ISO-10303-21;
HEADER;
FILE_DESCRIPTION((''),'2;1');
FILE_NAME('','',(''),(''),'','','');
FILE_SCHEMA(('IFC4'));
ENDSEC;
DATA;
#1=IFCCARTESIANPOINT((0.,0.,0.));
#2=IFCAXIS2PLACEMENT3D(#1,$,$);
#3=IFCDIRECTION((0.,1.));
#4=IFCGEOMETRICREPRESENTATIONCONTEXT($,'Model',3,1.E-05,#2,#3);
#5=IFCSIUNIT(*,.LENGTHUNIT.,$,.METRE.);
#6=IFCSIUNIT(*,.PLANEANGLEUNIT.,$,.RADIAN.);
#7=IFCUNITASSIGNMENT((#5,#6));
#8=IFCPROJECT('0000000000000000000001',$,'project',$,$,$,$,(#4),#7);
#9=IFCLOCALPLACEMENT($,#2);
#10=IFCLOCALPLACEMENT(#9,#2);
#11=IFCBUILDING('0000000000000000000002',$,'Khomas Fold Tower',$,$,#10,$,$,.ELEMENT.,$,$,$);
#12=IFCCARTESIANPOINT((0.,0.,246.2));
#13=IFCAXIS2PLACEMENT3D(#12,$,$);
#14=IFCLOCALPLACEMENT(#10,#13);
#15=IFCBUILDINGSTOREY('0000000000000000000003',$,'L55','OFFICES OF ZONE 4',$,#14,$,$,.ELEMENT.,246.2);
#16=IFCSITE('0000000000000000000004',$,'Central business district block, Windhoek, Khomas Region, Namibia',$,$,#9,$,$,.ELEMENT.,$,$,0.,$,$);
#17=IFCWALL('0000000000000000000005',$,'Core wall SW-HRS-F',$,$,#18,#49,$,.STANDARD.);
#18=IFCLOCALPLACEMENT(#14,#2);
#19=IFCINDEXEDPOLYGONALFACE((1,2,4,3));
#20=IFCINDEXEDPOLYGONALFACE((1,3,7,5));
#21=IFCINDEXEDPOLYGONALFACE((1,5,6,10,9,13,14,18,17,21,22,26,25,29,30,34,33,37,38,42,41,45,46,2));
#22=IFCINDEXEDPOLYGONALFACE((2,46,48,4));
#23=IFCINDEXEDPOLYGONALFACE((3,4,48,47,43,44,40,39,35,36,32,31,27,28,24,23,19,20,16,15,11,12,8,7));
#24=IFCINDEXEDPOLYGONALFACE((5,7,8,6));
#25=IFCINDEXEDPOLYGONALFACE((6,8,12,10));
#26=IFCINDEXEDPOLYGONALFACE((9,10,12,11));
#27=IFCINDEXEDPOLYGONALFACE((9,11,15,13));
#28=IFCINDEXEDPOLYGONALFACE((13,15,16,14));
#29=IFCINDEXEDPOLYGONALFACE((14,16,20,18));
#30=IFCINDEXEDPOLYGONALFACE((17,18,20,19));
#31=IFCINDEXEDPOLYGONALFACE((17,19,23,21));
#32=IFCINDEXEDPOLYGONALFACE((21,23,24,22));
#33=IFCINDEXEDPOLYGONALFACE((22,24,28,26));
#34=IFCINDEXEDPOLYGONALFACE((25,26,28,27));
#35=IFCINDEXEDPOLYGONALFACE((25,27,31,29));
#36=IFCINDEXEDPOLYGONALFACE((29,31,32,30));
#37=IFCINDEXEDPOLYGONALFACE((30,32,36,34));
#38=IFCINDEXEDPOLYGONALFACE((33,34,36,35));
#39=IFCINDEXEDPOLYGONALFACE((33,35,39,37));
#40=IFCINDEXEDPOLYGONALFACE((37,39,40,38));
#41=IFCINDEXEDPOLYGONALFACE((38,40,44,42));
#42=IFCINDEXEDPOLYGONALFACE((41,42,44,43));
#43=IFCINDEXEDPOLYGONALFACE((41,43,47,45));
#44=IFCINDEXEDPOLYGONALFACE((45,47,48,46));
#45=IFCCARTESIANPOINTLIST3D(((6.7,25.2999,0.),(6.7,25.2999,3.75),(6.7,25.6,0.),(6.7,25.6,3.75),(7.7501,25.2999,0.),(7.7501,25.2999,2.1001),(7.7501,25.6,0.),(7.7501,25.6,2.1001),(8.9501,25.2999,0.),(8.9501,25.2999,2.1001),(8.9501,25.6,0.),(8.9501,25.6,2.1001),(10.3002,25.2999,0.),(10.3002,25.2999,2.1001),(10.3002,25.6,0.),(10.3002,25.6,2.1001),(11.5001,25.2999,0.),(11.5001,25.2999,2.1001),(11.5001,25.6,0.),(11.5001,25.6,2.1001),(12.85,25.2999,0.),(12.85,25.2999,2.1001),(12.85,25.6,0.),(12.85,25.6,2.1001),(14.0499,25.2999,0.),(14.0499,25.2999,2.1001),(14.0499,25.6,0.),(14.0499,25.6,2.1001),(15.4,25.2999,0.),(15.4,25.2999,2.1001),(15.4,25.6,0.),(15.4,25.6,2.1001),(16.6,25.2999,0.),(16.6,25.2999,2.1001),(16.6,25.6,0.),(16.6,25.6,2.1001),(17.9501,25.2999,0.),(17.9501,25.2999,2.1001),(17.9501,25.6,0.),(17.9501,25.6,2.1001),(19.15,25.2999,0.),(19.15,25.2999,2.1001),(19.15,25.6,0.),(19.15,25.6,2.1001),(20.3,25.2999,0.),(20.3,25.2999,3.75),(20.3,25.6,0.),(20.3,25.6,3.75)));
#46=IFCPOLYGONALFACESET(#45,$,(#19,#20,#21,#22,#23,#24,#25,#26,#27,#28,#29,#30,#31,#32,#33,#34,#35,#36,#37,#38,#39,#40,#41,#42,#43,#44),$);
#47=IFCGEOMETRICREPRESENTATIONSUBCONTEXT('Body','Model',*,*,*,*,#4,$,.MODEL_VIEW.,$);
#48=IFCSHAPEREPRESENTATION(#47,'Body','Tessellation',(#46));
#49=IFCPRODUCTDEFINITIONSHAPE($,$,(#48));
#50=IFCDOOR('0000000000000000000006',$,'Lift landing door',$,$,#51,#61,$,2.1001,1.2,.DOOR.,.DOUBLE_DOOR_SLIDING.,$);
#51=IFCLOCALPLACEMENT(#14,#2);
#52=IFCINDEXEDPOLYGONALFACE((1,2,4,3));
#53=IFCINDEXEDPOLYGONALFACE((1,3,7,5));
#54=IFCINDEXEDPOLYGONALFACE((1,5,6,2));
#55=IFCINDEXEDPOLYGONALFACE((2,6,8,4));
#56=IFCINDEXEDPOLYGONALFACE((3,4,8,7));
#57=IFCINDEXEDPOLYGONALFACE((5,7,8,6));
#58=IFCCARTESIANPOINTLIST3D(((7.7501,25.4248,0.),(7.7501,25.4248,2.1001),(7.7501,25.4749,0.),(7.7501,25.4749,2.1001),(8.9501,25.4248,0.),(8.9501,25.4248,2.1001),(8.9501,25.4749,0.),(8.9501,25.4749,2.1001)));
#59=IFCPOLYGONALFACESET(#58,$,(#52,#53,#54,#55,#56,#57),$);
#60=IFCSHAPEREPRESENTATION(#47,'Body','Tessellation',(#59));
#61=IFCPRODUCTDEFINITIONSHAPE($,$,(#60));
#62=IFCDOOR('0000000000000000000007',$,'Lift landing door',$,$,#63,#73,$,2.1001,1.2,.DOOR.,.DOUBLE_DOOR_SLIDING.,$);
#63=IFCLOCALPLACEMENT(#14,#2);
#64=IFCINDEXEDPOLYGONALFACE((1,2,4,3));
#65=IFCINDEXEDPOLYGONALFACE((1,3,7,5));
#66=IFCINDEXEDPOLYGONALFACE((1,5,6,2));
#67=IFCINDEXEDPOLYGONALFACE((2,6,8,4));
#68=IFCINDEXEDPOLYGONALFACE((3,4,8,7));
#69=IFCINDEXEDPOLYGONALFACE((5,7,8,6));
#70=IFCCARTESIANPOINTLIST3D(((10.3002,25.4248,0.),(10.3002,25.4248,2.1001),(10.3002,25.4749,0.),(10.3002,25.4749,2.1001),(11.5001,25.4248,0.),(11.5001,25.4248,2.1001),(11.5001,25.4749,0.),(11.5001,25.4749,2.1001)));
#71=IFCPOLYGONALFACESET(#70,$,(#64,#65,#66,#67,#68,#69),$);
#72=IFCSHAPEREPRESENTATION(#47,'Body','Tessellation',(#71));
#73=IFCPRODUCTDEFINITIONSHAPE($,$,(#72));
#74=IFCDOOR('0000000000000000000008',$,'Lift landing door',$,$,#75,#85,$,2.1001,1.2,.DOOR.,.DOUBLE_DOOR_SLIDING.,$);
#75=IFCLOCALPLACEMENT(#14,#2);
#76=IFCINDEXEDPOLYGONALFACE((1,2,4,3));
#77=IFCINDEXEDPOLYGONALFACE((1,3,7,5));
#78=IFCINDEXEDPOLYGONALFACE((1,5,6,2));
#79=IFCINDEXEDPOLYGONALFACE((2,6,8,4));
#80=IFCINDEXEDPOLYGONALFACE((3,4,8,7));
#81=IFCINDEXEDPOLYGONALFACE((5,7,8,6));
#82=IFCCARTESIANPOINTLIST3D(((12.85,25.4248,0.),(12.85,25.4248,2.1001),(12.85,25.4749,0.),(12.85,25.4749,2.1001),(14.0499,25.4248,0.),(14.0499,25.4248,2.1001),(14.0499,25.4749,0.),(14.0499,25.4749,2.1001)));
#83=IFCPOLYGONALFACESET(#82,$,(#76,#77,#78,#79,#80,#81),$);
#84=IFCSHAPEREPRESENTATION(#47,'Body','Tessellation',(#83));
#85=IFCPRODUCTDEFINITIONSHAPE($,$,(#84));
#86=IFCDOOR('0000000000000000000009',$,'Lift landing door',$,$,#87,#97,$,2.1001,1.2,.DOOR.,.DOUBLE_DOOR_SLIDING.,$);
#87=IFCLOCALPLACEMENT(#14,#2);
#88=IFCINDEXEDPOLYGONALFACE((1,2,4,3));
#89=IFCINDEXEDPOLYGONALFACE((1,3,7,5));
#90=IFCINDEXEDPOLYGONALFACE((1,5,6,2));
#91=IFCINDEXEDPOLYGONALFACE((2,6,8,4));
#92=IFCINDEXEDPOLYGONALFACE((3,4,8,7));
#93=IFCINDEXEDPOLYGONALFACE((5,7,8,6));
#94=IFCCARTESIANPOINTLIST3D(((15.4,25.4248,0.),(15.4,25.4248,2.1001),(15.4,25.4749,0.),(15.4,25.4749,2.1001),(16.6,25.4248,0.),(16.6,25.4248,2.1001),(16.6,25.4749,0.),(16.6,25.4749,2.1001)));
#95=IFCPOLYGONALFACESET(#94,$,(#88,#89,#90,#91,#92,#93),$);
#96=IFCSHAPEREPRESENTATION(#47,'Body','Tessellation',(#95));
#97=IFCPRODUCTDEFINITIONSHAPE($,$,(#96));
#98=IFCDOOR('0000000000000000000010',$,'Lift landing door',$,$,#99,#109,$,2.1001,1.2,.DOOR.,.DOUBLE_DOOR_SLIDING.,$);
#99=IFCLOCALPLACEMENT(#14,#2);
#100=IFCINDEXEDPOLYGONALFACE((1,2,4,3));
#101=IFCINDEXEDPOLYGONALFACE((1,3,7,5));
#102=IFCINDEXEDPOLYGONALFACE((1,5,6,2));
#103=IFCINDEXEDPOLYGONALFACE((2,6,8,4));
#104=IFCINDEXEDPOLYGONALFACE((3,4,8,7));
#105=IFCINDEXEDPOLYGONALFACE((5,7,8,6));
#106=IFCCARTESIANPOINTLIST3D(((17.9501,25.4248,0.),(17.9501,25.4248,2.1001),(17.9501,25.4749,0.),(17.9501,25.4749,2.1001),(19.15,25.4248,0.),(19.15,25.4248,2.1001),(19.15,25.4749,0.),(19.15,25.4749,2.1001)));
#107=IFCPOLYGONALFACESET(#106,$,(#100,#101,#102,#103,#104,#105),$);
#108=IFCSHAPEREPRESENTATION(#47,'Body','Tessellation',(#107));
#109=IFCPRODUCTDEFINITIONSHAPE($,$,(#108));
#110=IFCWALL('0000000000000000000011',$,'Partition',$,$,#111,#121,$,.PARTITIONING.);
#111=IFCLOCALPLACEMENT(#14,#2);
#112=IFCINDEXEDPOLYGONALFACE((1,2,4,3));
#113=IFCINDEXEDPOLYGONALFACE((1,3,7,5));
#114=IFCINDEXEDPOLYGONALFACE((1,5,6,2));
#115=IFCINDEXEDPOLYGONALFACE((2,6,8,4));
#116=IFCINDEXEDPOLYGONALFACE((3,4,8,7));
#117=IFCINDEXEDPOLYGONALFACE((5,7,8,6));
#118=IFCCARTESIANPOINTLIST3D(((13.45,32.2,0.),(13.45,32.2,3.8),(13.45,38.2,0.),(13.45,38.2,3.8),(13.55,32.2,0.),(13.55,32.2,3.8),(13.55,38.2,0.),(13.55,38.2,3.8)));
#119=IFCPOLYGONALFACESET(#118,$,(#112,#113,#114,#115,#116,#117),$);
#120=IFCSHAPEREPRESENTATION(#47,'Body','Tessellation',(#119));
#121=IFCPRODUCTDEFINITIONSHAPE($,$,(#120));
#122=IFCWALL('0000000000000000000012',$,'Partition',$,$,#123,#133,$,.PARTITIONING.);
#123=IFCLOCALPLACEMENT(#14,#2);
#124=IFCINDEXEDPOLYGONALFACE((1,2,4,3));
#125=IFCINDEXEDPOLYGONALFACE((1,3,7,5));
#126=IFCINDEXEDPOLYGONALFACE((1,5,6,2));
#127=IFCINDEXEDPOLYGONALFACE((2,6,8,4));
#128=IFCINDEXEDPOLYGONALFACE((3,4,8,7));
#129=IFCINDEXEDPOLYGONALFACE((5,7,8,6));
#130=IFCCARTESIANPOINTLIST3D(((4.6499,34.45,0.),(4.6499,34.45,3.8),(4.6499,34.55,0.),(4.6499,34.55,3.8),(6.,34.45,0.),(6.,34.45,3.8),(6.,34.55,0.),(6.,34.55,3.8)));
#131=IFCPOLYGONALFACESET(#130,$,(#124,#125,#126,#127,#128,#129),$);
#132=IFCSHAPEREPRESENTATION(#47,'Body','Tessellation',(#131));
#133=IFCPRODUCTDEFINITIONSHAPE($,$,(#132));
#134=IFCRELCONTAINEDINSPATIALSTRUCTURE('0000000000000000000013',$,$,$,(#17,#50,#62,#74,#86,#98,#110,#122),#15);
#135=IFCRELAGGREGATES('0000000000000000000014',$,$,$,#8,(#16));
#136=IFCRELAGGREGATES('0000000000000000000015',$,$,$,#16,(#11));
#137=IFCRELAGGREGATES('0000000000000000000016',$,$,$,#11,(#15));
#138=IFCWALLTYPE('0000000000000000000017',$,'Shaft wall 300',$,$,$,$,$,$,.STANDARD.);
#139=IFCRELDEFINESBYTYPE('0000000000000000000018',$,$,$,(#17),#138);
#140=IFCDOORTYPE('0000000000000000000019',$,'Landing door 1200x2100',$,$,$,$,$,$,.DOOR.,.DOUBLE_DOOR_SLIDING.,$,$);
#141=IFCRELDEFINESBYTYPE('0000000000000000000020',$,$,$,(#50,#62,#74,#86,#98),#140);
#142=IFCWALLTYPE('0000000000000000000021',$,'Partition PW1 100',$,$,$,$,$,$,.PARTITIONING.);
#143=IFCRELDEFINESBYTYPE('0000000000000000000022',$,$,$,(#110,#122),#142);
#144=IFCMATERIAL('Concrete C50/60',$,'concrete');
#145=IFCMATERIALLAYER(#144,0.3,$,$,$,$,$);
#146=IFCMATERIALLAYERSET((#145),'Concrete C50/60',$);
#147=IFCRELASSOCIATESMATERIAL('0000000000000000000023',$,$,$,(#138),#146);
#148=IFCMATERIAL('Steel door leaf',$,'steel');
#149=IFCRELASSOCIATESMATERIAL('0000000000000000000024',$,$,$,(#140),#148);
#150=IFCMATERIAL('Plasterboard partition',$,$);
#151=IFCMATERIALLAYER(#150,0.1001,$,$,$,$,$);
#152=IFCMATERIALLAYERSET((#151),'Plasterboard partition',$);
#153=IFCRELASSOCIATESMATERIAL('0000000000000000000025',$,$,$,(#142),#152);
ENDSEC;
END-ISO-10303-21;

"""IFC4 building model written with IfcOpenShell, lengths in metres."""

from ifc_helpers import new_model, si_unit, direction, frame, frame_2d, origin, place, context, subcontext, project, spatial, rectangle, extrude, source, transform, mapped, material, layer, layer_set, type_object, element, fill, save


model = new_model("IFC4")

# Units and contexts
model_context = context("Model", 3, precision=1e-05, world=origin(), true_north=direction((0.0, 1.0)))
body_context = subcontext(model_context, "Body", "Model", "MODEL_VIEW")
ifc_project = project(units=[si_unit("LENGTHUNIT", "METRE"), si_unit("PLANEANGLEUNIT", "RADIAN")], contexts=[model_context])

# Site, building, storey
site_placement = place(None, origin())
site = spatial("IfcSite", under=ifc_project, at=site_placement, Name="Central business district block, Windhoek, Khomas Region, Namibia", CompositionType="ELEMENT", RefElevation=0.0)
building_placement = place(site_placement, origin())
building = spatial("IfcBuilding", under=site, at=building_placement, Name="Khomas Fold Tower", CompositionType="ELEMENT")
storey_placement = place(building_placement, frame((0.0, 0.0, 246.2)))
storey = spatial("IfcBuildingStorey", under=building, at=storey_placement, Name="L55", Description="OFFICES OF ZONE 4", CompositionType="ELEMENT", Elevation=246.2)

# Shared definitions
ifc_material_1 = material(Name="Concrete C50/60", Category="concrete")
ifc_layer_1 = layer(ifc_material_1, 0.3)
ifc_layer_set_1 = layer_set([ifc_layer_1], Name="Concrete C50/60")
wall_type_1 = type_object("IfcWallType", Name="Shaft wall 300", PredefinedType="STANDARD", material=ifc_layer_set_1)
shared_shape_1 = source(origin(), body_context, "Body", "SweptSolid", [
    extrude(rectangle(XDim=13.6001, YDim=0.3, at=frame_2d((6.8, 0.0))), origin(), (0.0, 0.0, 1.0), 3.75),
])

# Wall, openings, doors
shared_shape_2 = source(origin(), body_context, "Body", "SweptSolid", [
    extrude(rectangle(XDim=1.2, YDim=2.1001, at=frame_2d((0.6001, 1.05))), frame((0.0, 0.1599, 0.0), z_axis=(0.0, -1.0, 0.0), x_axis=(1.0, 0.0, 0.0)), (0.0, 0.0, 1.0), 0.3201),
])
ifc_material_2 = material(Name="Steel door leaf", Category="steel")
door_type = type_object("IfcDoorType", Name="Landing door 1200x2100", OperationType="DOUBLE_DOOR_SLIDING", PredefinedType="DOOR", material=ifc_material_2)
shared_shape_3 = source(origin(), body_context, "Body", "SweptSolid", [
    extrude(rectangle(XDim=1.2, YDim=2.1001, at=frame_2d((0.6001, 1.05))), frame((0.0, 0.0249, 0.0), z_axis=(0.0, -1.0, 0.0), x_axis=(1.0, 0.0, 0.0)), (0.0, 0.0, 1.0), 0.05),
])
wall_1_placement = place(storey_placement, frame((6.7, 25.45, 0.0), z_axis=(0.0, 0.0, 1.0), x_axis=(1.0, 0.0, 0.0)))
wall_1 = element("IfcWall", 1, at=wall_1_placement, inside=storey, type_object=wall_type_1, Name="Core wall SW-HRS-F", PredefinedType="STANDARD", context=body_context, shape_type="MappedRepresentation", body=[
    mapped(shared_shape_1, transform((0.0, 0.0, 0.0))),
])
opening_1_placement = place(wall_1_placement, frame((1.05, 0.0, 0.0)))
opening_1 = element("IfcOpeningElement", 2, at=opening_1_placement, cuts=wall_1, PredefinedType="OPENING", context=body_context, shape_type="MappedRepresentation", body=[
    mapped(shared_shape_2, transform((0.0, 0.0, 0.0))),
])
opening_2_placement = place(wall_1_placement, frame((3.6001, 0.0, 0.0)))
opening_2 = element("IfcOpeningElement", 3, at=opening_2_placement, cuts=wall_1, PredefinedType="OPENING", context=body_context, shape_type="MappedRepresentation", body=[
    mapped(shared_shape_2, transform((0.0, 0.0, 0.0))),
])
opening_3_placement = place(wall_1_placement, frame((6.1499, 0.0, 0.0)))
opening_3 = element("IfcOpeningElement", 4, at=opening_3_placement, cuts=wall_1, PredefinedType="OPENING", context=body_context, shape_type="MappedRepresentation", body=[
    mapped(shared_shape_2, transform((0.0, 0.0, 0.0))),
])
opening_4_placement = place(wall_1_placement, frame((8.7, 0.0, 0.0)))
opening_4 = element("IfcOpeningElement", 5, at=opening_4_placement, cuts=wall_1, PredefinedType="OPENING", context=body_context, shape_type="MappedRepresentation", body=[
    mapped(shared_shape_2, transform((0.0, 0.0, 0.0))),
])
opening_5_placement = place(wall_1_placement, frame((11.25, 0.0, 0.0)))
opening_5 = element("IfcOpeningElement", 6, at=opening_5_placement, cuts=wall_1, PredefinedType="OPENING", context=body_context, shape_type="MappedRepresentation", body=[
    mapped(shared_shape_2, transform((0.0, 0.0, 0.0))),
])
door_1_placement = place(opening_1_placement, origin())
door_1 = element("IfcDoor", 7, at=door_1_placement, inside=storey, type_object=door_type, Name="Lift landing door", OperationType="DOUBLE_DOOR_SLIDING", OverallHeight=2.1001, OverallWidth=1.2, PredefinedType="DOOR", context=body_context, shape_type="MappedRepresentation", body=[
    mapped(shared_shape_3, transform((0.0, 0.0, 0.0))),
])
fill(opening_1, door_1)
door_2_placement = place(opening_2_placement, origin())
door_2 = element("IfcDoor", 8, at=door_2_placement, inside=storey, type_object=door_type, Name="Lift landing door", OperationType="DOUBLE_DOOR_SLIDING", OverallHeight=2.1001, OverallWidth=1.2, PredefinedType="DOOR", context=body_context, shape_type="MappedRepresentation", body=[
    mapped(shared_shape_3, transform((0.0, 0.0, 0.0))),
])
fill(opening_2, door_2)
door_3_placement = place(opening_3_placement, origin())
door_3 = element("IfcDoor", 9, at=door_3_placement, inside=storey, type_object=door_type, Name="Lift landing door", OperationType="DOUBLE_DOOR_SLIDING", OverallHeight=2.1001, OverallWidth=1.2, PredefinedType="DOOR", context=body_context, shape_type="MappedRepresentation", body=[
    mapped(shared_shape_3, transform((0.0, 0.0, 0.0))),
])
fill(opening_3, door_3)
door_4_placement = place(opening_4_placement, origin())
door_4 = element("IfcDoor", 10, at=door_4_placement, inside=storey, type_object=door_type, Name="Lift landing door", OperationType="DOUBLE_DOOR_SLIDING", OverallHeight=2.1001, OverallWidth=1.2, PredefinedType="DOOR", context=body_context, shape_type="MappedRepresentation", body=[
    mapped(shared_shape_3, transform((0.0, 0.0, 0.0))),
])
fill(opening_4, door_4)
door_5_placement = place(opening_5_placement, origin())
door_5 = element("IfcDoor", 11, at=door_5_placement, inside=storey, type_object=door_type, Name="Lift landing door", OperationType="DOUBLE_DOOR_SLIDING", OverallHeight=2.1001, OverallWidth=1.2, PredefinedType="DOOR", context=body_context, shape_type="MappedRepresentation", body=[
    mapped(shared_shape_3, transform((0.0, 0.0, 0.0))),
])
fill(opening_5, door_5)

# Walls
ifc_material_3 = material(Name="Plasterboard partition")
ifc_layer_2 = layer(ifc_material_3, 0.1001)
ifc_layer_set_2 = layer_set([ifc_layer_2], Name="Plasterboard partition")
wall_type_2 = type_object("IfcWallType", Name="Partition PW1 100", PredefinedType="PARTITIONING", material=ifc_layer_set_2)
shared_shape_4 = source(origin(), body_context, "Body", "SweptSolid", [
    extrude(rectangle(XDim=6.0, YDim=0.1001, at=frame_2d((3.0, 0.0))), origin(), (0.0, 0.0, 1.0), 3.8),
])
wall_2_placement = place(storey_placement, frame((13.5, 32.2, 0.0), z_axis=(0.0, 0.0, 1.0), x_axis=(0.0, 1.0, 0.0)))
element("IfcWall", 12, at=wall_2_placement, inside=storey, type_object=wall_type_2, Name="Partition", PredefinedType="PARTITIONING", context=body_context, shape_type="MappedRepresentation", body=[
    mapped(shared_shape_4, transform((0.0, 0.0, 0.0))),
])
shared_shape_5 = source(origin(), body_context, "Body", "SweptSolid", [
    extrude(rectangle(XDim=1.3501, YDim=0.1001, at=frame_2d((0.675, 0.0))), origin(), (0.0, 0.0, 1.0), 3.8),
])
wall_3_placement = place(storey_placement, frame((4.6499, 34.5, 0.0), z_axis=(0.0, 0.0, 1.0), x_axis=(1.0, 0.0, 0.0)))
element("IfcWall", 13, at=wall_3_placement, inside=storey, type_object=wall_type_2, Name="Partition", PredefinedType="PARTITIONING", context=body_context, shape_type="MappedRepresentation", body=[
    mapped(shared_shape_5, transform((0.0, 0.0, 0.0))),
])

save(model, "model.ifc")
